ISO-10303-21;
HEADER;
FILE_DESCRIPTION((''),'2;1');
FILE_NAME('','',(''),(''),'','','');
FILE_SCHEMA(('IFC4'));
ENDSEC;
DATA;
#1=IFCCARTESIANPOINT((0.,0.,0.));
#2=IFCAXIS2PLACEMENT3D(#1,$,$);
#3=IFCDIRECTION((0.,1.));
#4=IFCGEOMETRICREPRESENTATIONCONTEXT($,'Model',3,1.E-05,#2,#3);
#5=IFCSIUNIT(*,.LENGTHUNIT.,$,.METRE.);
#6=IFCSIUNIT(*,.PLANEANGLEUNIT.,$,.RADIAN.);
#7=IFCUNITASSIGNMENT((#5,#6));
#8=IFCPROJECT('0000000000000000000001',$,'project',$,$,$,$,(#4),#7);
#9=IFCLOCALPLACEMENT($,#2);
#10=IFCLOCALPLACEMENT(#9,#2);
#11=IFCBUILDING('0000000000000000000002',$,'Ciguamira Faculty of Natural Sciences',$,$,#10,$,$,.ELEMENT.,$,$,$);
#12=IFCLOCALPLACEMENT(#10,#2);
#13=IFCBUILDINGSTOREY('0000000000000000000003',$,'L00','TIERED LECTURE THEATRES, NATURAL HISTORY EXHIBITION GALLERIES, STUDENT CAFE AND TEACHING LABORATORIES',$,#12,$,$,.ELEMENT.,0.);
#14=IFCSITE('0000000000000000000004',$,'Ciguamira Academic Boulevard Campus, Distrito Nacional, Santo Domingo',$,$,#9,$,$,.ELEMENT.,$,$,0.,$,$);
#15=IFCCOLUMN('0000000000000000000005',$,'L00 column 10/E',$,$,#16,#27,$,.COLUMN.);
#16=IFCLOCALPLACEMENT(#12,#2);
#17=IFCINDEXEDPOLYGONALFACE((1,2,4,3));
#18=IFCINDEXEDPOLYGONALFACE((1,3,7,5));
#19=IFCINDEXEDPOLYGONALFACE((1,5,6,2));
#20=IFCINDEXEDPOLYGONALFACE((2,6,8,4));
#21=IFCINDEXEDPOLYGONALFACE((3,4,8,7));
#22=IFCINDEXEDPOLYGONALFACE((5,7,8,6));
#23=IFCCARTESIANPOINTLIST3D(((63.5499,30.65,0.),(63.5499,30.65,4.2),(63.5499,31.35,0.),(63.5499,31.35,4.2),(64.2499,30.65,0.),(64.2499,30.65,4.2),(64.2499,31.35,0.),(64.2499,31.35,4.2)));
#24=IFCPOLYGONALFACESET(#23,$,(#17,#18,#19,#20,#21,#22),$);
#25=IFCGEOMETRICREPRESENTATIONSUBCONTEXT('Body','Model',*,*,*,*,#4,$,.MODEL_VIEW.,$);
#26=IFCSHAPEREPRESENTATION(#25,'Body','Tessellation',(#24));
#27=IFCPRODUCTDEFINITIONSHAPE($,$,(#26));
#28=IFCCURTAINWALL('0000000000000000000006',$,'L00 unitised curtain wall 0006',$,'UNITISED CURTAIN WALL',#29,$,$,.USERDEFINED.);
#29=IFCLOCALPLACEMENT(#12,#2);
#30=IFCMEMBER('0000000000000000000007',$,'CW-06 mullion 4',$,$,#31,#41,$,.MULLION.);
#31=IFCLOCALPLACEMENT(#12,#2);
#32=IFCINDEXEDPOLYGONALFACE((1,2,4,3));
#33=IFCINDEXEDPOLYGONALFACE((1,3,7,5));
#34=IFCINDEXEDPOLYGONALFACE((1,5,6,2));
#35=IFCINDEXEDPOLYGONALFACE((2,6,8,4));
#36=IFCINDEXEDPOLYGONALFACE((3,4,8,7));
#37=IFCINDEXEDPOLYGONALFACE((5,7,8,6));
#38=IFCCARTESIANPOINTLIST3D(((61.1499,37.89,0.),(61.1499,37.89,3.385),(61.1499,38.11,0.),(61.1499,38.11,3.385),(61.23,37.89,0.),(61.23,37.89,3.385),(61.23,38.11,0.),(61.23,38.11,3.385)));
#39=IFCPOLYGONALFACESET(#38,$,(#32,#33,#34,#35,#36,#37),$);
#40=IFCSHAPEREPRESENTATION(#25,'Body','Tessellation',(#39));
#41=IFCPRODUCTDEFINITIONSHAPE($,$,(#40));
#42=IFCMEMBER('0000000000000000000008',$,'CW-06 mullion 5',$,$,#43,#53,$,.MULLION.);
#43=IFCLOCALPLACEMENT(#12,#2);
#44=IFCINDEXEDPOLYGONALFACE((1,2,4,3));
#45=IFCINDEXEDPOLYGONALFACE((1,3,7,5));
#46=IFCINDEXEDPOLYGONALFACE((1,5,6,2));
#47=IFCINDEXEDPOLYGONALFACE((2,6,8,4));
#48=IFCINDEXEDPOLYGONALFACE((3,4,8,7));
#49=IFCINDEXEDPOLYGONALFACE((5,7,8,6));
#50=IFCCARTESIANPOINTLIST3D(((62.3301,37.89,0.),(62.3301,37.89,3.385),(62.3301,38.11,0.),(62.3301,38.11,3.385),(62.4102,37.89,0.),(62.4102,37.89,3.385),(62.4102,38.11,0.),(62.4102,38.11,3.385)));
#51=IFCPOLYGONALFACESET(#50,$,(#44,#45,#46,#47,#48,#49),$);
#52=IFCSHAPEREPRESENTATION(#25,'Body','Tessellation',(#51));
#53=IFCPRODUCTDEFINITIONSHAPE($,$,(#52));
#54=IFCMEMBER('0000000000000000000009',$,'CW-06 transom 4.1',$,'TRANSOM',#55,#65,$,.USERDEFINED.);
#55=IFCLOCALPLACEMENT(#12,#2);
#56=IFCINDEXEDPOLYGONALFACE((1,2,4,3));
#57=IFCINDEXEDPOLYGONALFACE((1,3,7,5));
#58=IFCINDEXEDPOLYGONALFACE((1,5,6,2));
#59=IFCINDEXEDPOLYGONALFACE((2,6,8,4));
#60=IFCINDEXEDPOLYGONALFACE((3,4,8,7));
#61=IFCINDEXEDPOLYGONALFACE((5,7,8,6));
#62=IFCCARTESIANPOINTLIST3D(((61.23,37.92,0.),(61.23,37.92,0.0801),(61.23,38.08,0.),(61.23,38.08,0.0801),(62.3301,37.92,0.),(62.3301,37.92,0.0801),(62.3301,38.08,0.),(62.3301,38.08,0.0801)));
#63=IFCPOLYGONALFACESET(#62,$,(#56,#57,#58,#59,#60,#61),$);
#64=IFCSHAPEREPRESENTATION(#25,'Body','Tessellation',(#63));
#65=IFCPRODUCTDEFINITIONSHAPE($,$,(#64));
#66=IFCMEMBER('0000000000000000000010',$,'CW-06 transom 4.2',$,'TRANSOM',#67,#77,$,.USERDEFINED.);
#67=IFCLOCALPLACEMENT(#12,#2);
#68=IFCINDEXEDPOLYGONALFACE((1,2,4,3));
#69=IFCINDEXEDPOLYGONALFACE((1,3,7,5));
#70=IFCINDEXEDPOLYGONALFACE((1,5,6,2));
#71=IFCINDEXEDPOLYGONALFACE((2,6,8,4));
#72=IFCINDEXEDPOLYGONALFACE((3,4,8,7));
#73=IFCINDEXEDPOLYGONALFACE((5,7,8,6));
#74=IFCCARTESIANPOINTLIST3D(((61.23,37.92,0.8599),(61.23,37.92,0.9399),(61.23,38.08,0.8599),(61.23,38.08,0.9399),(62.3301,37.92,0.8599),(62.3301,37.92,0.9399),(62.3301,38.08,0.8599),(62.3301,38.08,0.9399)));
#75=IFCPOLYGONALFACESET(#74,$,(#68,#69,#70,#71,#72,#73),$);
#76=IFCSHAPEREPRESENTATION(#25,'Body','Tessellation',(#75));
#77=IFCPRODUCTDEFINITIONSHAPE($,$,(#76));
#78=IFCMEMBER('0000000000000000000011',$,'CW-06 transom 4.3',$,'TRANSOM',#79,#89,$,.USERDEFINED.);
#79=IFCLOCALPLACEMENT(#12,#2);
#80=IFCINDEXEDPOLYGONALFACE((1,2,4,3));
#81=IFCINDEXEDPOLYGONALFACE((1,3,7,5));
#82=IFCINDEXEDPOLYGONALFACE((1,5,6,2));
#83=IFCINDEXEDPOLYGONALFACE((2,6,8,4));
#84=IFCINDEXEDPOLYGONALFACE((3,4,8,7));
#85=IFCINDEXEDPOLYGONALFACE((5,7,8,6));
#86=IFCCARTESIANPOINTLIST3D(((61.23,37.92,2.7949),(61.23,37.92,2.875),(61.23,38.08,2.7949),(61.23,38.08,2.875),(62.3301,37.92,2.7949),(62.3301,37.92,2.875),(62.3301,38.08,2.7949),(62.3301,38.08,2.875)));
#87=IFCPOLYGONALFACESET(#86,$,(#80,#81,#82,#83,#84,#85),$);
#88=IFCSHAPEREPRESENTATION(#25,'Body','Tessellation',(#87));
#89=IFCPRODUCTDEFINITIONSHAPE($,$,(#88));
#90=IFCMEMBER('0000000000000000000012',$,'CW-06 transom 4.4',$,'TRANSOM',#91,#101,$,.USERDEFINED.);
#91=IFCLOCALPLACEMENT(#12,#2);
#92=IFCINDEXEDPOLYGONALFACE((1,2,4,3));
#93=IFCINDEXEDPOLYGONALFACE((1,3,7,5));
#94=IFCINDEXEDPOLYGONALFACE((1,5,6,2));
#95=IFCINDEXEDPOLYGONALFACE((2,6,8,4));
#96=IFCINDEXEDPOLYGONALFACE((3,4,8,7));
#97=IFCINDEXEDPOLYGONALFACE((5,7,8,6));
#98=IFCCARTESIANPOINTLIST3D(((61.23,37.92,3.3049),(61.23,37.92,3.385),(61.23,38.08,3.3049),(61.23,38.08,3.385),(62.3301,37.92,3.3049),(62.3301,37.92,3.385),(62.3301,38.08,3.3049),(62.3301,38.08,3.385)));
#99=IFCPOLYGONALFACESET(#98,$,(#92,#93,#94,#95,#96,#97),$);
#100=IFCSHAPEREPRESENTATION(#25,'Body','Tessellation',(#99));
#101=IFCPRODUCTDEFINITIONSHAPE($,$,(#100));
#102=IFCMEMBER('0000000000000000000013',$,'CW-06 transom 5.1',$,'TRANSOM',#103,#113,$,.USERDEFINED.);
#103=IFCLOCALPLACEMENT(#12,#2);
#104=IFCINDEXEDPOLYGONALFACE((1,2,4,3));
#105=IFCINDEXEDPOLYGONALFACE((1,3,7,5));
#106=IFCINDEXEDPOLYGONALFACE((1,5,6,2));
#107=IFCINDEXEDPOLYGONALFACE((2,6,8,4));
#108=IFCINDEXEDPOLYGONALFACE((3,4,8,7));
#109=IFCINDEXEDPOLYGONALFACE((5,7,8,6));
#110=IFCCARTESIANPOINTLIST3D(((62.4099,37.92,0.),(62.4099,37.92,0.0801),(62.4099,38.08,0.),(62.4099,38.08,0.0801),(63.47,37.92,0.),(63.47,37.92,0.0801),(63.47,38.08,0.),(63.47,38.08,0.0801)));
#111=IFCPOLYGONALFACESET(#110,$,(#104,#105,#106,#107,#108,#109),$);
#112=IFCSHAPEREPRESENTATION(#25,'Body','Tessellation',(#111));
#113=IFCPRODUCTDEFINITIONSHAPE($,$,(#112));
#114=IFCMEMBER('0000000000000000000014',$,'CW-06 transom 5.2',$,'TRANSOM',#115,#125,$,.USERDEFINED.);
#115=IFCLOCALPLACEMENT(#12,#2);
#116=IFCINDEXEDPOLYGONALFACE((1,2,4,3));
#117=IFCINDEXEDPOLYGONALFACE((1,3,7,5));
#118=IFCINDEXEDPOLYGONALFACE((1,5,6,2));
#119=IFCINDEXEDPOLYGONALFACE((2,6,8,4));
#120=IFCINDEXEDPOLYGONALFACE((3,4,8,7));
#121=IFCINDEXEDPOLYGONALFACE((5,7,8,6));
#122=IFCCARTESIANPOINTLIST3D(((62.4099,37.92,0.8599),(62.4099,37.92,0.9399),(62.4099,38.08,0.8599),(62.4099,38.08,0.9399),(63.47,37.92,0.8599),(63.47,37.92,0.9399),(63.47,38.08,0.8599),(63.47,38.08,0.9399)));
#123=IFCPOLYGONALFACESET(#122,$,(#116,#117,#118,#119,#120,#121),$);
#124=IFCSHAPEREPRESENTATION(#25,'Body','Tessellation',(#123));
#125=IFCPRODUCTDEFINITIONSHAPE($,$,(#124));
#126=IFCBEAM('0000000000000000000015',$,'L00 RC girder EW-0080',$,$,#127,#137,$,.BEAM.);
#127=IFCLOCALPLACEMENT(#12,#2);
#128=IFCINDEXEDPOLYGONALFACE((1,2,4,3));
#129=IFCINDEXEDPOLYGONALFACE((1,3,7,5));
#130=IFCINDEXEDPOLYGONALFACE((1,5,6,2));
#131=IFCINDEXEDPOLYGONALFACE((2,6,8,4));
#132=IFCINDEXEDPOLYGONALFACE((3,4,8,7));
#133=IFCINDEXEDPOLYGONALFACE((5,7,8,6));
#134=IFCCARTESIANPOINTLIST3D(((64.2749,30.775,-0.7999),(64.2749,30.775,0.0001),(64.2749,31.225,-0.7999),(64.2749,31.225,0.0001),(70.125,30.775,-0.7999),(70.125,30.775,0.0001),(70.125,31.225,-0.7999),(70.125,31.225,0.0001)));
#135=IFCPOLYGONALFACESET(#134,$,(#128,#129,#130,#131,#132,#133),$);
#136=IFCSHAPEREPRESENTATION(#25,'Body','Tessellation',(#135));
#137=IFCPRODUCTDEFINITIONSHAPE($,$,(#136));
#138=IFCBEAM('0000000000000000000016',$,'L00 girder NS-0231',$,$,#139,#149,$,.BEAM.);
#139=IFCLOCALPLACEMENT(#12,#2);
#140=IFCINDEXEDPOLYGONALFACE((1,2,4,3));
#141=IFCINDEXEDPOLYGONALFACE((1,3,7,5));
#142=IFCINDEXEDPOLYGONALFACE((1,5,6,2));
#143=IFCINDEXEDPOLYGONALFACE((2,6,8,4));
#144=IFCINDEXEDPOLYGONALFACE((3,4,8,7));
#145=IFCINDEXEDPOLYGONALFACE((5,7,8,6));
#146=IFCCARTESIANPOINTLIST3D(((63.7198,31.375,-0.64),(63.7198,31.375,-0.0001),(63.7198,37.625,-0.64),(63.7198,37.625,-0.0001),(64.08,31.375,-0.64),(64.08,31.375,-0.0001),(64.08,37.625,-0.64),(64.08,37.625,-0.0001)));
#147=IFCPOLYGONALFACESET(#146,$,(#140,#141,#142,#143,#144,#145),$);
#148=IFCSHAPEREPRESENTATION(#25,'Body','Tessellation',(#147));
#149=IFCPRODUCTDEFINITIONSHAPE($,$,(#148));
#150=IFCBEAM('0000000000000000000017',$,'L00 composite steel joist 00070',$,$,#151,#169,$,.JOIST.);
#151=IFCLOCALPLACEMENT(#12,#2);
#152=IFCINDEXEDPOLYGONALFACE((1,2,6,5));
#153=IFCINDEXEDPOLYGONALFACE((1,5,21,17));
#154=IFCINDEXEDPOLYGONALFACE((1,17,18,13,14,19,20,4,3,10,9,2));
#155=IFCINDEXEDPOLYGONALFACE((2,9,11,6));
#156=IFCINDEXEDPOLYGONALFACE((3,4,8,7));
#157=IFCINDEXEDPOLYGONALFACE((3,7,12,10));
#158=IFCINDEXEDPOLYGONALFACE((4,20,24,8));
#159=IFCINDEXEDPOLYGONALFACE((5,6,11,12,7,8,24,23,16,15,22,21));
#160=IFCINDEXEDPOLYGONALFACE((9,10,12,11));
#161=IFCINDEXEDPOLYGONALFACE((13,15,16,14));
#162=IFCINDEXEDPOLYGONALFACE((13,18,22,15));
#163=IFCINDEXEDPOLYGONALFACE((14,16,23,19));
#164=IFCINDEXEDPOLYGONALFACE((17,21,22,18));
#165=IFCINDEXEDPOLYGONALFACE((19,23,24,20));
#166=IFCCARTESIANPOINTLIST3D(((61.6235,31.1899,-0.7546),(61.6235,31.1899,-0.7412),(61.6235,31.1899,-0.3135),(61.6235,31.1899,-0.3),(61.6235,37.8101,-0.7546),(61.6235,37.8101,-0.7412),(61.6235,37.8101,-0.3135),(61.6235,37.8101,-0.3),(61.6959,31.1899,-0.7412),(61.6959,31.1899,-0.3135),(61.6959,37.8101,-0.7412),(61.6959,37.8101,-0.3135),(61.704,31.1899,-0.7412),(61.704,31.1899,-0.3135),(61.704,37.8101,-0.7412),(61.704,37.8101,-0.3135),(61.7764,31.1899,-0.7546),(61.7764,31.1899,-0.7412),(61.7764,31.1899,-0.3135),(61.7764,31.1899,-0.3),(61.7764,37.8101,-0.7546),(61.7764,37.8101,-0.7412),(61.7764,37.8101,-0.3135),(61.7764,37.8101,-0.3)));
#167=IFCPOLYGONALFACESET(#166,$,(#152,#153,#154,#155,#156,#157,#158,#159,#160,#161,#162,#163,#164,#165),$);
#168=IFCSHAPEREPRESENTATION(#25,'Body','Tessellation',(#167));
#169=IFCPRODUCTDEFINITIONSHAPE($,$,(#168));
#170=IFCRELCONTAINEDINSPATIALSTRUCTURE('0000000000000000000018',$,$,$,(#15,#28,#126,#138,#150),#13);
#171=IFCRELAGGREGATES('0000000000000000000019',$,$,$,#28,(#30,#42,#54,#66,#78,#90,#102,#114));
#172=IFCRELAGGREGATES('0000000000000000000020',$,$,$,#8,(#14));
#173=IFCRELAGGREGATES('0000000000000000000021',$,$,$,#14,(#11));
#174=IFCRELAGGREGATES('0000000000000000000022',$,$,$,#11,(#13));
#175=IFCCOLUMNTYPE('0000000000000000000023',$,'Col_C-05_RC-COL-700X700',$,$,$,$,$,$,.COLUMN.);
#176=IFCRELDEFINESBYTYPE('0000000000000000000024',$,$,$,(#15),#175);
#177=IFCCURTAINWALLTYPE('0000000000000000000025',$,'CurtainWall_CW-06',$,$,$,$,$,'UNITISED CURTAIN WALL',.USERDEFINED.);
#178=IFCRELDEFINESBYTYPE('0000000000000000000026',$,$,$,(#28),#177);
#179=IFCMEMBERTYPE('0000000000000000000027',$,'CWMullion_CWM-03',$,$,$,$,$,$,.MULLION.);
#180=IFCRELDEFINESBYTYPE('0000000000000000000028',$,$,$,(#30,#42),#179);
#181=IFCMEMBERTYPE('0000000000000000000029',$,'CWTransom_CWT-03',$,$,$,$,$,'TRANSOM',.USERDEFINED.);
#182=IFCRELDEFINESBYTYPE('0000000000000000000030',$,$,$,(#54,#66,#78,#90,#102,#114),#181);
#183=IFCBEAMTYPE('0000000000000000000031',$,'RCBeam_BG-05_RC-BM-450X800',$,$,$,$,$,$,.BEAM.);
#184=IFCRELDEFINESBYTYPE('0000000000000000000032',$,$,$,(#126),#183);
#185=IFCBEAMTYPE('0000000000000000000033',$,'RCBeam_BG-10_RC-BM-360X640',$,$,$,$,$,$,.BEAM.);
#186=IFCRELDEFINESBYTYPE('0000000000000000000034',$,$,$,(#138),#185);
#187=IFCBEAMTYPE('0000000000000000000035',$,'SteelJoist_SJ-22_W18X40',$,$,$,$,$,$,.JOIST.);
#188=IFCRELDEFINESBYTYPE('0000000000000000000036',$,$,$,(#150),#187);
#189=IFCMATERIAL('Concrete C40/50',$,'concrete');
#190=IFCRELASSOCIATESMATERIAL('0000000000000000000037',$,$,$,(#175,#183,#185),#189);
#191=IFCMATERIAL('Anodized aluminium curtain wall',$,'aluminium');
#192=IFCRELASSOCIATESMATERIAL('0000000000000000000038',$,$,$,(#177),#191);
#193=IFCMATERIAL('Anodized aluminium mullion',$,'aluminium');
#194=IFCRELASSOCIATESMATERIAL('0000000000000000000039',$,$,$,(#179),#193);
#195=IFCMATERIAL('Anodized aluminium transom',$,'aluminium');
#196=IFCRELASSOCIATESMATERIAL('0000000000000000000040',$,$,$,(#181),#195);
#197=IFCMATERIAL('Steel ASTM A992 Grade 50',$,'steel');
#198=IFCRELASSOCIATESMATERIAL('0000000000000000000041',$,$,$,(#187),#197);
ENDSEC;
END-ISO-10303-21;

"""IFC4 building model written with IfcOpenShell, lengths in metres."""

from ifc_helpers import new_model, si_unit, direction, frame, origin, origin_2d, place, context, subcontext, project, spatial, rectangle, i_section, extrude, material, material_profile, profile_set, type_object, element, aggregate, save


model = new_model("IFC4")

# Units and contexts
model_context = context("Model", 3, precision=1e-05, world=origin(), true_north=direction((0.0, 1.0)))
body_context = subcontext(model_context, "Body", "Model", "MODEL_VIEW")
ifc_project = project(units=[si_unit("LENGTHUNIT", "METRE"), si_unit("PLANEANGLEUNIT", "RADIAN")], contexts=[model_context])

# Site, building, storey
site_placement = place(None, origin())
site = spatial("IfcSite", under=ifc_project, at=site_placement, Name="Ciguamira Academic Boulevard Campus, Distrito Nacional, Santo Domingo", CompositionType="ELEMENT", RefElevation=0.0)
building_placement = place(site_placement, origin())
building = spatial("IfcBuilding", under=site, at=building_placement, Name="Ciguamira Faculty of Natural Sciences", CompositionType="ELEMENT")
storey_placement = place(building_placement, origin())
storey = spatial("IfcBuildingStorey", under=building, at=storey_placement, Name="L00", Description="TIERED LECTURE THEATRES, NATURAL HISTORY EXHIBITION GALLERIES, STUDENT CAFE AND TEACHING LABORATORIES", CompositionType="ELEMENT", Elevation=0.0)

# Column
ifc_material_1 = material(Name="Concrete C40/50", Category="concrete")
ifc_material_profile_1 = material_profile(ifc_material_1, rectangle(XDim=0.7, YDim=0.7, at=origin_2d()), Name="RC-COL-700X700")
ifc_profile_set_1 = profile_set([ifc_material_profile_1], Name="Concrete C40/50")
column_type = type_object("IfcColumnType", Name="Col_C-05_RC-COL-700X700", PredefinedType="COLUMN", material=ifc_profile_set_1)
column_placement = place(storey_placement, frame((63.8999, 31.0, 0.0), z_axis=(0.0, 0.0, 1.0), x_axis=(1.0, 0.0, 0.0)))
element("IfcColumn", 1, at=column_placement, inside=storey, type_object=column_type, Name="L00 column 10/E", PredefinedType="COLUMN", context=body_context, shape_type="SweptSolid", body=[
    extrude(rectangle(XDim=0.7, YDim=0.7, at=origin_2d()), origin(), (0.0, 0.0, 1.0), 4.2),
])

# Curtain wall, members
ifc_material_2 = material(Name="Anodized aluminium curtain wall", Category="aluminium")
curtain_wall_type = type_object("IfcCurtainWallType", Name="CurtainWall_CW-06", ElementType="UNITISED CURTAIN WALL", PredefinedType="USERDEFINED", material=ifc_material_2)
curtain_wall_placement = place(storey_placement, origin())
curtain_wall = element("IfcCurtainWall", 2, at=curtain_wall_placement, inside=storey, type_object=curtain_wall_type, Name="L00 unitised curtain wall 0006", ObjectType="UNITISED CURTAIN WALL", PredefinedType="USERDEFINED")
ifc_material_3 = material(Name="Anodized aluminium mullion", Category="aluminium")
ifc_material_profile_2 = material_profile(ifc_material_3, rectangle(XDim=0.0801, YDim=0.22, at=origin_2d()), Name="ALU-MUL-80X220")
ifc_profile_set_2 = profile_set([ifc_material_profile_2], Name="Anodized aluminium mullion")
member_type_1 = type_object("IfcMemberType", Name="CWMullion_CWM-03", PredefinedType="MULLION", material=ifc_profile_set_2)
member_1_placement = place(storey_placement, frame((61.1899, 38.0, 0.0), z_axis=(0.0, 0.0, 1.0), x_axis=(1.0, 0.0, 0.0)))
member_1 = element("IfcMember", 3, at=member_1_placement, type_object=member_type_1, Name="CW-06 mullion 4", PredefinedType="MULLION", context=body_context, shape_type="SweptSolid", body=[
    extrude(rectangle(XDim=0.0801, YDim=0.22, at=origin_2d()), origin(), (0.0, 0.0, 1.0), 3.385),
])
member_2_placement = place(storey_placement, frame((62.3701, 38.0, 0.0), z_axis=(0.0, 0.0, 1.0), x_axis=(1.0, 0.0, 0.0)))
member_2 = element("IfcMember", 4, at=member_2_placement, type_object=member_type_1, Name="CW-06 mullion 5", PredefinedType="MULLION", context=body_context, shape_type="SweptSolid", body=[
    extrude(rectangle(XDim=0.0801, YDim=0.22, at=origin_2d()), origin(), (0.0, 0.0, 1.0), 3.385),
])
ifc_material_4 = material(Name="Anodized aluminium transom", Category="aluminium")
ifc_material_profile_3 = material_profile(ifc_material_4, rectangle(XDim=0.0801, YDim=0.1599, at=origin_2d()), Name="ALU-TRN-80X160")
ifc_profile_set_3 = profile_set([ifc_material_profile_3], Name="Anodized aluminium transom")
member_type_2 = type_object("IfcMemberType", Name="CWTransom_CWT-03", ElementType="TRANSOM", PredefinedType="USERDEFINED", material=ifc_profile_set_3)
member_3_placement = place(storey_placement, frame((61.23, 38.0, 0.04), z_axis=(1.0, 0.0, 0.0), x_axis=(0.0, 0.0, 1.0)))
member_3 = element("IfcMember", 5, at=member_3_placement, type_object=member_type_2, Name="CW-06 transom 4.1", ObjectType="TRANSOM", PredefinedType="USERDEFINED", context=body_context, shape_type="SweptSolid", body=[
    extrude(rectangle(XDim=0.0801, YDim=0.1599, at=origin_2d()), origin(), (0.0, 0.0, 1.0), 1.1001),
])
member_4_placement = place(storey_placement, frame((61.23, 38.0, 0.8999), z_axis=(1.0, 0.0, 0.0), x_axis=(0.0, 0.0, 1.0)))
member_4 = element("IfcMember", 6, at=member_4_placement, type_object=member_type_2, Name="CW-06 transom 4.2", ObjectType="TRANSOM", PredefinedType="USERDEFINED", context=body_context, shape_type="SweptSolid", body=[
    extrude(rectangle(XDim=0.0801, YDim=0.1599, at=origin_2d()), origin(), (0.0, 0.0, 1.0), 1.1001),
])
member_5_placement = place(storey_placement, frame((61.23, 38.0, 2.835), z_axis=(1.0, 0.0, 0.0), x_axis=(0.0, 0.0, 1.0)))
member_5 = element("IfcMember", 7, at=member_5_placement, type_object=member_type_2, Name="CW-06 transom 4.3", ObjectType="TRANSOM", PredefinedType="USERDEFINED", context=body_context, shape_type="SweptSolid", body=[
    extrude(rectangle(XDim=0.0801, YDim=0.1599, at=origin_2d()), origin(), (0.0, 0.0, 1.0), 1.1001),
])
member_6_placement = place(storey_placement, frame((61.23, 38.0, 3.345), z_axis=(1.0, 0.0, 0.0), x_axis=(0.0, 0.0, 1.0)))
member_6 = element("IfcMember", 8, at=member_6_placement, type_object=member_type_2, Name="CW-06 transom 4.4", ObjectType="TRANSOM", PredefinedType="USERDEFINED", context=body_context, shape_type="SweptSolid", body=[
    extrude(rectangle(XDim=0.0801, YDim=0.1599, at=origin_2d()), origin(), (0.0, 0.0, 1.0), 1.1001),
])
member_7_placement = place(storey_placement, frame((62.4099, 38.0, 0.04), z_axis=(1.0, 0.0, 0.0), x_axis=(0.0, 0.0, 1.0)))
member_7 = element("IfcMember", 9, at=member_7_placement, type_object=member_type_2, Name="CW-06 transom 5.1", ObjectType="TRANSOM", PredefinedType="USERDEFINED", context=body_context, shape_type="SweptSolid", body=[
    extrude(rectangle(XDim=0.0801, YDim=0.1599, at=origin_2d()), origin(), (0.0, 0.0, 1.0), 1.0601),
])
member_8_placement = place(storey_placement, frame((62.4099, 38.0, 0.8999), z_axis=(1.0, 0.0, 0.0), x_axis=(0.0, 0.0, 1.0)))
member_8 = element("IfcMember", 10, at=member_8_placement, type_object=member_type_2, Name="CW-06 transom 5.2", ObjectType="TRANSOM", PredefinedType="USERDEFINED", context=body_context, shape_type="SweptSolid", body=[
    extrude(rectangle(XDim=0.0801, YDim=0.1599, at=origin_2d()), origin(), (0.0, 0.0, 1.0), 1.0601),
])

# Beams
ifc_material_profile_4 = material_profile(ifc_material_1, rectangle(XDim=0.45, YDim=0.8, at=origin_2d()), Name="RC-BM-450X800")
ifc_profile_set_4 = profile_set([ifc_material_profile_4], Name="Concrete C40/50")
beam_type_1 = type_object("IfcBeamType", Name="RCBeam_BG-05_RC-BM-450X800", PredefinedType="BEAM", material=ifc_profile_set_4)
beam_1_placement = place(storey_placement, frame((64.2749, 31.0, -0.3999), z_axis=(1.0, 0.0, 0.0), x_axis=(0.0, 1.0, 0.0)))
element("IfcBeam", 11, at=beam_1_placement, inside=storey, type_object=beam_type_1, Name="L00 RC girder EW-0080", PredefinedType="BEAM", context=body_context, shape_type="SweptSolid", body=[
    extrude(rectangle(XDim=0.45, YDim=0.8, at=origin_2d()), origin(), (0.0, 0.0, 1.0), 5.8501),
])
ifc_material_profile_5 = material_profile(ifc_material_1, rectangle(XDim=0.3601, YDim=0.6399, at=origin_2d()), Name="RC-BM-360X640")
ifc_profile_set_5 = profile_set([ifc_material_profile_5], Name="Concrete C40/50")
beam_type_2 = type_object("IfcBeamType", Name="RCBeam_BG-10_RC-BM-360X640", PredefinedType="BEAM", material=ifc_profile_set_5)
beam_2_placement = place(storey_placement, frame((63.8999, 31.375, -0.3201), z_axis=(0.0, 1.0, 0.0), x_axis=(-1.0, 0.0, 0.0)))
element("IfcBeam", 12, at=beam_2_placement, inside=storey, type_object=beam_type_2, Name="L00 girder NS-0231", PredefinedType="BEAM", context=body_context, shape_type="SweptSolid", body=[
    extrude(rectangle(XDim=0.3601, YDim=0.6399, at=origin_2d()), origin(), (0.0, 0.0, 1.0), 6.25),
])
ifc_material_5 = material(Name="Steel ASTM A992 Grade 50", Category="steel")
ifc_material_profile_6 = material_profile(ifc_material_5, i_section(OverallWidth=0.1528, OverallDepth=0.4546, WebThickness=0.0081, FlangeThickness=0.0134, at=origin_2d()), Name="W18X40")
ifc_profile_set_6 = profile_set([ifc_material_profile_6], Name="Steel ASTM A992 Grade 50")
beam_type_3 = type_object("IfcBeamType", Name="SteelJoist_SJ-22_W18X40", PredefinedType="JOIST", material=ifc_profile_set_6)
beam_3_placement = place(storey_placement, frame((61.7, 31.1899, -0.5273), z_axis=(0.0, 1.0, 0.0), x_axis=(-1.0, 0.0, 0.0)))
element("IfcBeam", 13, at=beam_3_placement, inside=storey, type_object=beam_type_3, Name="L00 composite steel joist 00070", PredefinedType="JOIST", context=body_context, shape_type="SweptSolid", body=[
    extrude(i_section(OverallWidth=0.1528, OverallDepth=0.4546, WebThickness=0.0081, FlangeThickness=0.0134, at=origin_2d()), origin(), (0.0, 0.0, 1.0), 6.6201),
])

aggregate(curtain_wall, [member_1, member_2, member_3, member_4, member_5, member_6, member_7, member_8])

save(model, "model.ifc")
